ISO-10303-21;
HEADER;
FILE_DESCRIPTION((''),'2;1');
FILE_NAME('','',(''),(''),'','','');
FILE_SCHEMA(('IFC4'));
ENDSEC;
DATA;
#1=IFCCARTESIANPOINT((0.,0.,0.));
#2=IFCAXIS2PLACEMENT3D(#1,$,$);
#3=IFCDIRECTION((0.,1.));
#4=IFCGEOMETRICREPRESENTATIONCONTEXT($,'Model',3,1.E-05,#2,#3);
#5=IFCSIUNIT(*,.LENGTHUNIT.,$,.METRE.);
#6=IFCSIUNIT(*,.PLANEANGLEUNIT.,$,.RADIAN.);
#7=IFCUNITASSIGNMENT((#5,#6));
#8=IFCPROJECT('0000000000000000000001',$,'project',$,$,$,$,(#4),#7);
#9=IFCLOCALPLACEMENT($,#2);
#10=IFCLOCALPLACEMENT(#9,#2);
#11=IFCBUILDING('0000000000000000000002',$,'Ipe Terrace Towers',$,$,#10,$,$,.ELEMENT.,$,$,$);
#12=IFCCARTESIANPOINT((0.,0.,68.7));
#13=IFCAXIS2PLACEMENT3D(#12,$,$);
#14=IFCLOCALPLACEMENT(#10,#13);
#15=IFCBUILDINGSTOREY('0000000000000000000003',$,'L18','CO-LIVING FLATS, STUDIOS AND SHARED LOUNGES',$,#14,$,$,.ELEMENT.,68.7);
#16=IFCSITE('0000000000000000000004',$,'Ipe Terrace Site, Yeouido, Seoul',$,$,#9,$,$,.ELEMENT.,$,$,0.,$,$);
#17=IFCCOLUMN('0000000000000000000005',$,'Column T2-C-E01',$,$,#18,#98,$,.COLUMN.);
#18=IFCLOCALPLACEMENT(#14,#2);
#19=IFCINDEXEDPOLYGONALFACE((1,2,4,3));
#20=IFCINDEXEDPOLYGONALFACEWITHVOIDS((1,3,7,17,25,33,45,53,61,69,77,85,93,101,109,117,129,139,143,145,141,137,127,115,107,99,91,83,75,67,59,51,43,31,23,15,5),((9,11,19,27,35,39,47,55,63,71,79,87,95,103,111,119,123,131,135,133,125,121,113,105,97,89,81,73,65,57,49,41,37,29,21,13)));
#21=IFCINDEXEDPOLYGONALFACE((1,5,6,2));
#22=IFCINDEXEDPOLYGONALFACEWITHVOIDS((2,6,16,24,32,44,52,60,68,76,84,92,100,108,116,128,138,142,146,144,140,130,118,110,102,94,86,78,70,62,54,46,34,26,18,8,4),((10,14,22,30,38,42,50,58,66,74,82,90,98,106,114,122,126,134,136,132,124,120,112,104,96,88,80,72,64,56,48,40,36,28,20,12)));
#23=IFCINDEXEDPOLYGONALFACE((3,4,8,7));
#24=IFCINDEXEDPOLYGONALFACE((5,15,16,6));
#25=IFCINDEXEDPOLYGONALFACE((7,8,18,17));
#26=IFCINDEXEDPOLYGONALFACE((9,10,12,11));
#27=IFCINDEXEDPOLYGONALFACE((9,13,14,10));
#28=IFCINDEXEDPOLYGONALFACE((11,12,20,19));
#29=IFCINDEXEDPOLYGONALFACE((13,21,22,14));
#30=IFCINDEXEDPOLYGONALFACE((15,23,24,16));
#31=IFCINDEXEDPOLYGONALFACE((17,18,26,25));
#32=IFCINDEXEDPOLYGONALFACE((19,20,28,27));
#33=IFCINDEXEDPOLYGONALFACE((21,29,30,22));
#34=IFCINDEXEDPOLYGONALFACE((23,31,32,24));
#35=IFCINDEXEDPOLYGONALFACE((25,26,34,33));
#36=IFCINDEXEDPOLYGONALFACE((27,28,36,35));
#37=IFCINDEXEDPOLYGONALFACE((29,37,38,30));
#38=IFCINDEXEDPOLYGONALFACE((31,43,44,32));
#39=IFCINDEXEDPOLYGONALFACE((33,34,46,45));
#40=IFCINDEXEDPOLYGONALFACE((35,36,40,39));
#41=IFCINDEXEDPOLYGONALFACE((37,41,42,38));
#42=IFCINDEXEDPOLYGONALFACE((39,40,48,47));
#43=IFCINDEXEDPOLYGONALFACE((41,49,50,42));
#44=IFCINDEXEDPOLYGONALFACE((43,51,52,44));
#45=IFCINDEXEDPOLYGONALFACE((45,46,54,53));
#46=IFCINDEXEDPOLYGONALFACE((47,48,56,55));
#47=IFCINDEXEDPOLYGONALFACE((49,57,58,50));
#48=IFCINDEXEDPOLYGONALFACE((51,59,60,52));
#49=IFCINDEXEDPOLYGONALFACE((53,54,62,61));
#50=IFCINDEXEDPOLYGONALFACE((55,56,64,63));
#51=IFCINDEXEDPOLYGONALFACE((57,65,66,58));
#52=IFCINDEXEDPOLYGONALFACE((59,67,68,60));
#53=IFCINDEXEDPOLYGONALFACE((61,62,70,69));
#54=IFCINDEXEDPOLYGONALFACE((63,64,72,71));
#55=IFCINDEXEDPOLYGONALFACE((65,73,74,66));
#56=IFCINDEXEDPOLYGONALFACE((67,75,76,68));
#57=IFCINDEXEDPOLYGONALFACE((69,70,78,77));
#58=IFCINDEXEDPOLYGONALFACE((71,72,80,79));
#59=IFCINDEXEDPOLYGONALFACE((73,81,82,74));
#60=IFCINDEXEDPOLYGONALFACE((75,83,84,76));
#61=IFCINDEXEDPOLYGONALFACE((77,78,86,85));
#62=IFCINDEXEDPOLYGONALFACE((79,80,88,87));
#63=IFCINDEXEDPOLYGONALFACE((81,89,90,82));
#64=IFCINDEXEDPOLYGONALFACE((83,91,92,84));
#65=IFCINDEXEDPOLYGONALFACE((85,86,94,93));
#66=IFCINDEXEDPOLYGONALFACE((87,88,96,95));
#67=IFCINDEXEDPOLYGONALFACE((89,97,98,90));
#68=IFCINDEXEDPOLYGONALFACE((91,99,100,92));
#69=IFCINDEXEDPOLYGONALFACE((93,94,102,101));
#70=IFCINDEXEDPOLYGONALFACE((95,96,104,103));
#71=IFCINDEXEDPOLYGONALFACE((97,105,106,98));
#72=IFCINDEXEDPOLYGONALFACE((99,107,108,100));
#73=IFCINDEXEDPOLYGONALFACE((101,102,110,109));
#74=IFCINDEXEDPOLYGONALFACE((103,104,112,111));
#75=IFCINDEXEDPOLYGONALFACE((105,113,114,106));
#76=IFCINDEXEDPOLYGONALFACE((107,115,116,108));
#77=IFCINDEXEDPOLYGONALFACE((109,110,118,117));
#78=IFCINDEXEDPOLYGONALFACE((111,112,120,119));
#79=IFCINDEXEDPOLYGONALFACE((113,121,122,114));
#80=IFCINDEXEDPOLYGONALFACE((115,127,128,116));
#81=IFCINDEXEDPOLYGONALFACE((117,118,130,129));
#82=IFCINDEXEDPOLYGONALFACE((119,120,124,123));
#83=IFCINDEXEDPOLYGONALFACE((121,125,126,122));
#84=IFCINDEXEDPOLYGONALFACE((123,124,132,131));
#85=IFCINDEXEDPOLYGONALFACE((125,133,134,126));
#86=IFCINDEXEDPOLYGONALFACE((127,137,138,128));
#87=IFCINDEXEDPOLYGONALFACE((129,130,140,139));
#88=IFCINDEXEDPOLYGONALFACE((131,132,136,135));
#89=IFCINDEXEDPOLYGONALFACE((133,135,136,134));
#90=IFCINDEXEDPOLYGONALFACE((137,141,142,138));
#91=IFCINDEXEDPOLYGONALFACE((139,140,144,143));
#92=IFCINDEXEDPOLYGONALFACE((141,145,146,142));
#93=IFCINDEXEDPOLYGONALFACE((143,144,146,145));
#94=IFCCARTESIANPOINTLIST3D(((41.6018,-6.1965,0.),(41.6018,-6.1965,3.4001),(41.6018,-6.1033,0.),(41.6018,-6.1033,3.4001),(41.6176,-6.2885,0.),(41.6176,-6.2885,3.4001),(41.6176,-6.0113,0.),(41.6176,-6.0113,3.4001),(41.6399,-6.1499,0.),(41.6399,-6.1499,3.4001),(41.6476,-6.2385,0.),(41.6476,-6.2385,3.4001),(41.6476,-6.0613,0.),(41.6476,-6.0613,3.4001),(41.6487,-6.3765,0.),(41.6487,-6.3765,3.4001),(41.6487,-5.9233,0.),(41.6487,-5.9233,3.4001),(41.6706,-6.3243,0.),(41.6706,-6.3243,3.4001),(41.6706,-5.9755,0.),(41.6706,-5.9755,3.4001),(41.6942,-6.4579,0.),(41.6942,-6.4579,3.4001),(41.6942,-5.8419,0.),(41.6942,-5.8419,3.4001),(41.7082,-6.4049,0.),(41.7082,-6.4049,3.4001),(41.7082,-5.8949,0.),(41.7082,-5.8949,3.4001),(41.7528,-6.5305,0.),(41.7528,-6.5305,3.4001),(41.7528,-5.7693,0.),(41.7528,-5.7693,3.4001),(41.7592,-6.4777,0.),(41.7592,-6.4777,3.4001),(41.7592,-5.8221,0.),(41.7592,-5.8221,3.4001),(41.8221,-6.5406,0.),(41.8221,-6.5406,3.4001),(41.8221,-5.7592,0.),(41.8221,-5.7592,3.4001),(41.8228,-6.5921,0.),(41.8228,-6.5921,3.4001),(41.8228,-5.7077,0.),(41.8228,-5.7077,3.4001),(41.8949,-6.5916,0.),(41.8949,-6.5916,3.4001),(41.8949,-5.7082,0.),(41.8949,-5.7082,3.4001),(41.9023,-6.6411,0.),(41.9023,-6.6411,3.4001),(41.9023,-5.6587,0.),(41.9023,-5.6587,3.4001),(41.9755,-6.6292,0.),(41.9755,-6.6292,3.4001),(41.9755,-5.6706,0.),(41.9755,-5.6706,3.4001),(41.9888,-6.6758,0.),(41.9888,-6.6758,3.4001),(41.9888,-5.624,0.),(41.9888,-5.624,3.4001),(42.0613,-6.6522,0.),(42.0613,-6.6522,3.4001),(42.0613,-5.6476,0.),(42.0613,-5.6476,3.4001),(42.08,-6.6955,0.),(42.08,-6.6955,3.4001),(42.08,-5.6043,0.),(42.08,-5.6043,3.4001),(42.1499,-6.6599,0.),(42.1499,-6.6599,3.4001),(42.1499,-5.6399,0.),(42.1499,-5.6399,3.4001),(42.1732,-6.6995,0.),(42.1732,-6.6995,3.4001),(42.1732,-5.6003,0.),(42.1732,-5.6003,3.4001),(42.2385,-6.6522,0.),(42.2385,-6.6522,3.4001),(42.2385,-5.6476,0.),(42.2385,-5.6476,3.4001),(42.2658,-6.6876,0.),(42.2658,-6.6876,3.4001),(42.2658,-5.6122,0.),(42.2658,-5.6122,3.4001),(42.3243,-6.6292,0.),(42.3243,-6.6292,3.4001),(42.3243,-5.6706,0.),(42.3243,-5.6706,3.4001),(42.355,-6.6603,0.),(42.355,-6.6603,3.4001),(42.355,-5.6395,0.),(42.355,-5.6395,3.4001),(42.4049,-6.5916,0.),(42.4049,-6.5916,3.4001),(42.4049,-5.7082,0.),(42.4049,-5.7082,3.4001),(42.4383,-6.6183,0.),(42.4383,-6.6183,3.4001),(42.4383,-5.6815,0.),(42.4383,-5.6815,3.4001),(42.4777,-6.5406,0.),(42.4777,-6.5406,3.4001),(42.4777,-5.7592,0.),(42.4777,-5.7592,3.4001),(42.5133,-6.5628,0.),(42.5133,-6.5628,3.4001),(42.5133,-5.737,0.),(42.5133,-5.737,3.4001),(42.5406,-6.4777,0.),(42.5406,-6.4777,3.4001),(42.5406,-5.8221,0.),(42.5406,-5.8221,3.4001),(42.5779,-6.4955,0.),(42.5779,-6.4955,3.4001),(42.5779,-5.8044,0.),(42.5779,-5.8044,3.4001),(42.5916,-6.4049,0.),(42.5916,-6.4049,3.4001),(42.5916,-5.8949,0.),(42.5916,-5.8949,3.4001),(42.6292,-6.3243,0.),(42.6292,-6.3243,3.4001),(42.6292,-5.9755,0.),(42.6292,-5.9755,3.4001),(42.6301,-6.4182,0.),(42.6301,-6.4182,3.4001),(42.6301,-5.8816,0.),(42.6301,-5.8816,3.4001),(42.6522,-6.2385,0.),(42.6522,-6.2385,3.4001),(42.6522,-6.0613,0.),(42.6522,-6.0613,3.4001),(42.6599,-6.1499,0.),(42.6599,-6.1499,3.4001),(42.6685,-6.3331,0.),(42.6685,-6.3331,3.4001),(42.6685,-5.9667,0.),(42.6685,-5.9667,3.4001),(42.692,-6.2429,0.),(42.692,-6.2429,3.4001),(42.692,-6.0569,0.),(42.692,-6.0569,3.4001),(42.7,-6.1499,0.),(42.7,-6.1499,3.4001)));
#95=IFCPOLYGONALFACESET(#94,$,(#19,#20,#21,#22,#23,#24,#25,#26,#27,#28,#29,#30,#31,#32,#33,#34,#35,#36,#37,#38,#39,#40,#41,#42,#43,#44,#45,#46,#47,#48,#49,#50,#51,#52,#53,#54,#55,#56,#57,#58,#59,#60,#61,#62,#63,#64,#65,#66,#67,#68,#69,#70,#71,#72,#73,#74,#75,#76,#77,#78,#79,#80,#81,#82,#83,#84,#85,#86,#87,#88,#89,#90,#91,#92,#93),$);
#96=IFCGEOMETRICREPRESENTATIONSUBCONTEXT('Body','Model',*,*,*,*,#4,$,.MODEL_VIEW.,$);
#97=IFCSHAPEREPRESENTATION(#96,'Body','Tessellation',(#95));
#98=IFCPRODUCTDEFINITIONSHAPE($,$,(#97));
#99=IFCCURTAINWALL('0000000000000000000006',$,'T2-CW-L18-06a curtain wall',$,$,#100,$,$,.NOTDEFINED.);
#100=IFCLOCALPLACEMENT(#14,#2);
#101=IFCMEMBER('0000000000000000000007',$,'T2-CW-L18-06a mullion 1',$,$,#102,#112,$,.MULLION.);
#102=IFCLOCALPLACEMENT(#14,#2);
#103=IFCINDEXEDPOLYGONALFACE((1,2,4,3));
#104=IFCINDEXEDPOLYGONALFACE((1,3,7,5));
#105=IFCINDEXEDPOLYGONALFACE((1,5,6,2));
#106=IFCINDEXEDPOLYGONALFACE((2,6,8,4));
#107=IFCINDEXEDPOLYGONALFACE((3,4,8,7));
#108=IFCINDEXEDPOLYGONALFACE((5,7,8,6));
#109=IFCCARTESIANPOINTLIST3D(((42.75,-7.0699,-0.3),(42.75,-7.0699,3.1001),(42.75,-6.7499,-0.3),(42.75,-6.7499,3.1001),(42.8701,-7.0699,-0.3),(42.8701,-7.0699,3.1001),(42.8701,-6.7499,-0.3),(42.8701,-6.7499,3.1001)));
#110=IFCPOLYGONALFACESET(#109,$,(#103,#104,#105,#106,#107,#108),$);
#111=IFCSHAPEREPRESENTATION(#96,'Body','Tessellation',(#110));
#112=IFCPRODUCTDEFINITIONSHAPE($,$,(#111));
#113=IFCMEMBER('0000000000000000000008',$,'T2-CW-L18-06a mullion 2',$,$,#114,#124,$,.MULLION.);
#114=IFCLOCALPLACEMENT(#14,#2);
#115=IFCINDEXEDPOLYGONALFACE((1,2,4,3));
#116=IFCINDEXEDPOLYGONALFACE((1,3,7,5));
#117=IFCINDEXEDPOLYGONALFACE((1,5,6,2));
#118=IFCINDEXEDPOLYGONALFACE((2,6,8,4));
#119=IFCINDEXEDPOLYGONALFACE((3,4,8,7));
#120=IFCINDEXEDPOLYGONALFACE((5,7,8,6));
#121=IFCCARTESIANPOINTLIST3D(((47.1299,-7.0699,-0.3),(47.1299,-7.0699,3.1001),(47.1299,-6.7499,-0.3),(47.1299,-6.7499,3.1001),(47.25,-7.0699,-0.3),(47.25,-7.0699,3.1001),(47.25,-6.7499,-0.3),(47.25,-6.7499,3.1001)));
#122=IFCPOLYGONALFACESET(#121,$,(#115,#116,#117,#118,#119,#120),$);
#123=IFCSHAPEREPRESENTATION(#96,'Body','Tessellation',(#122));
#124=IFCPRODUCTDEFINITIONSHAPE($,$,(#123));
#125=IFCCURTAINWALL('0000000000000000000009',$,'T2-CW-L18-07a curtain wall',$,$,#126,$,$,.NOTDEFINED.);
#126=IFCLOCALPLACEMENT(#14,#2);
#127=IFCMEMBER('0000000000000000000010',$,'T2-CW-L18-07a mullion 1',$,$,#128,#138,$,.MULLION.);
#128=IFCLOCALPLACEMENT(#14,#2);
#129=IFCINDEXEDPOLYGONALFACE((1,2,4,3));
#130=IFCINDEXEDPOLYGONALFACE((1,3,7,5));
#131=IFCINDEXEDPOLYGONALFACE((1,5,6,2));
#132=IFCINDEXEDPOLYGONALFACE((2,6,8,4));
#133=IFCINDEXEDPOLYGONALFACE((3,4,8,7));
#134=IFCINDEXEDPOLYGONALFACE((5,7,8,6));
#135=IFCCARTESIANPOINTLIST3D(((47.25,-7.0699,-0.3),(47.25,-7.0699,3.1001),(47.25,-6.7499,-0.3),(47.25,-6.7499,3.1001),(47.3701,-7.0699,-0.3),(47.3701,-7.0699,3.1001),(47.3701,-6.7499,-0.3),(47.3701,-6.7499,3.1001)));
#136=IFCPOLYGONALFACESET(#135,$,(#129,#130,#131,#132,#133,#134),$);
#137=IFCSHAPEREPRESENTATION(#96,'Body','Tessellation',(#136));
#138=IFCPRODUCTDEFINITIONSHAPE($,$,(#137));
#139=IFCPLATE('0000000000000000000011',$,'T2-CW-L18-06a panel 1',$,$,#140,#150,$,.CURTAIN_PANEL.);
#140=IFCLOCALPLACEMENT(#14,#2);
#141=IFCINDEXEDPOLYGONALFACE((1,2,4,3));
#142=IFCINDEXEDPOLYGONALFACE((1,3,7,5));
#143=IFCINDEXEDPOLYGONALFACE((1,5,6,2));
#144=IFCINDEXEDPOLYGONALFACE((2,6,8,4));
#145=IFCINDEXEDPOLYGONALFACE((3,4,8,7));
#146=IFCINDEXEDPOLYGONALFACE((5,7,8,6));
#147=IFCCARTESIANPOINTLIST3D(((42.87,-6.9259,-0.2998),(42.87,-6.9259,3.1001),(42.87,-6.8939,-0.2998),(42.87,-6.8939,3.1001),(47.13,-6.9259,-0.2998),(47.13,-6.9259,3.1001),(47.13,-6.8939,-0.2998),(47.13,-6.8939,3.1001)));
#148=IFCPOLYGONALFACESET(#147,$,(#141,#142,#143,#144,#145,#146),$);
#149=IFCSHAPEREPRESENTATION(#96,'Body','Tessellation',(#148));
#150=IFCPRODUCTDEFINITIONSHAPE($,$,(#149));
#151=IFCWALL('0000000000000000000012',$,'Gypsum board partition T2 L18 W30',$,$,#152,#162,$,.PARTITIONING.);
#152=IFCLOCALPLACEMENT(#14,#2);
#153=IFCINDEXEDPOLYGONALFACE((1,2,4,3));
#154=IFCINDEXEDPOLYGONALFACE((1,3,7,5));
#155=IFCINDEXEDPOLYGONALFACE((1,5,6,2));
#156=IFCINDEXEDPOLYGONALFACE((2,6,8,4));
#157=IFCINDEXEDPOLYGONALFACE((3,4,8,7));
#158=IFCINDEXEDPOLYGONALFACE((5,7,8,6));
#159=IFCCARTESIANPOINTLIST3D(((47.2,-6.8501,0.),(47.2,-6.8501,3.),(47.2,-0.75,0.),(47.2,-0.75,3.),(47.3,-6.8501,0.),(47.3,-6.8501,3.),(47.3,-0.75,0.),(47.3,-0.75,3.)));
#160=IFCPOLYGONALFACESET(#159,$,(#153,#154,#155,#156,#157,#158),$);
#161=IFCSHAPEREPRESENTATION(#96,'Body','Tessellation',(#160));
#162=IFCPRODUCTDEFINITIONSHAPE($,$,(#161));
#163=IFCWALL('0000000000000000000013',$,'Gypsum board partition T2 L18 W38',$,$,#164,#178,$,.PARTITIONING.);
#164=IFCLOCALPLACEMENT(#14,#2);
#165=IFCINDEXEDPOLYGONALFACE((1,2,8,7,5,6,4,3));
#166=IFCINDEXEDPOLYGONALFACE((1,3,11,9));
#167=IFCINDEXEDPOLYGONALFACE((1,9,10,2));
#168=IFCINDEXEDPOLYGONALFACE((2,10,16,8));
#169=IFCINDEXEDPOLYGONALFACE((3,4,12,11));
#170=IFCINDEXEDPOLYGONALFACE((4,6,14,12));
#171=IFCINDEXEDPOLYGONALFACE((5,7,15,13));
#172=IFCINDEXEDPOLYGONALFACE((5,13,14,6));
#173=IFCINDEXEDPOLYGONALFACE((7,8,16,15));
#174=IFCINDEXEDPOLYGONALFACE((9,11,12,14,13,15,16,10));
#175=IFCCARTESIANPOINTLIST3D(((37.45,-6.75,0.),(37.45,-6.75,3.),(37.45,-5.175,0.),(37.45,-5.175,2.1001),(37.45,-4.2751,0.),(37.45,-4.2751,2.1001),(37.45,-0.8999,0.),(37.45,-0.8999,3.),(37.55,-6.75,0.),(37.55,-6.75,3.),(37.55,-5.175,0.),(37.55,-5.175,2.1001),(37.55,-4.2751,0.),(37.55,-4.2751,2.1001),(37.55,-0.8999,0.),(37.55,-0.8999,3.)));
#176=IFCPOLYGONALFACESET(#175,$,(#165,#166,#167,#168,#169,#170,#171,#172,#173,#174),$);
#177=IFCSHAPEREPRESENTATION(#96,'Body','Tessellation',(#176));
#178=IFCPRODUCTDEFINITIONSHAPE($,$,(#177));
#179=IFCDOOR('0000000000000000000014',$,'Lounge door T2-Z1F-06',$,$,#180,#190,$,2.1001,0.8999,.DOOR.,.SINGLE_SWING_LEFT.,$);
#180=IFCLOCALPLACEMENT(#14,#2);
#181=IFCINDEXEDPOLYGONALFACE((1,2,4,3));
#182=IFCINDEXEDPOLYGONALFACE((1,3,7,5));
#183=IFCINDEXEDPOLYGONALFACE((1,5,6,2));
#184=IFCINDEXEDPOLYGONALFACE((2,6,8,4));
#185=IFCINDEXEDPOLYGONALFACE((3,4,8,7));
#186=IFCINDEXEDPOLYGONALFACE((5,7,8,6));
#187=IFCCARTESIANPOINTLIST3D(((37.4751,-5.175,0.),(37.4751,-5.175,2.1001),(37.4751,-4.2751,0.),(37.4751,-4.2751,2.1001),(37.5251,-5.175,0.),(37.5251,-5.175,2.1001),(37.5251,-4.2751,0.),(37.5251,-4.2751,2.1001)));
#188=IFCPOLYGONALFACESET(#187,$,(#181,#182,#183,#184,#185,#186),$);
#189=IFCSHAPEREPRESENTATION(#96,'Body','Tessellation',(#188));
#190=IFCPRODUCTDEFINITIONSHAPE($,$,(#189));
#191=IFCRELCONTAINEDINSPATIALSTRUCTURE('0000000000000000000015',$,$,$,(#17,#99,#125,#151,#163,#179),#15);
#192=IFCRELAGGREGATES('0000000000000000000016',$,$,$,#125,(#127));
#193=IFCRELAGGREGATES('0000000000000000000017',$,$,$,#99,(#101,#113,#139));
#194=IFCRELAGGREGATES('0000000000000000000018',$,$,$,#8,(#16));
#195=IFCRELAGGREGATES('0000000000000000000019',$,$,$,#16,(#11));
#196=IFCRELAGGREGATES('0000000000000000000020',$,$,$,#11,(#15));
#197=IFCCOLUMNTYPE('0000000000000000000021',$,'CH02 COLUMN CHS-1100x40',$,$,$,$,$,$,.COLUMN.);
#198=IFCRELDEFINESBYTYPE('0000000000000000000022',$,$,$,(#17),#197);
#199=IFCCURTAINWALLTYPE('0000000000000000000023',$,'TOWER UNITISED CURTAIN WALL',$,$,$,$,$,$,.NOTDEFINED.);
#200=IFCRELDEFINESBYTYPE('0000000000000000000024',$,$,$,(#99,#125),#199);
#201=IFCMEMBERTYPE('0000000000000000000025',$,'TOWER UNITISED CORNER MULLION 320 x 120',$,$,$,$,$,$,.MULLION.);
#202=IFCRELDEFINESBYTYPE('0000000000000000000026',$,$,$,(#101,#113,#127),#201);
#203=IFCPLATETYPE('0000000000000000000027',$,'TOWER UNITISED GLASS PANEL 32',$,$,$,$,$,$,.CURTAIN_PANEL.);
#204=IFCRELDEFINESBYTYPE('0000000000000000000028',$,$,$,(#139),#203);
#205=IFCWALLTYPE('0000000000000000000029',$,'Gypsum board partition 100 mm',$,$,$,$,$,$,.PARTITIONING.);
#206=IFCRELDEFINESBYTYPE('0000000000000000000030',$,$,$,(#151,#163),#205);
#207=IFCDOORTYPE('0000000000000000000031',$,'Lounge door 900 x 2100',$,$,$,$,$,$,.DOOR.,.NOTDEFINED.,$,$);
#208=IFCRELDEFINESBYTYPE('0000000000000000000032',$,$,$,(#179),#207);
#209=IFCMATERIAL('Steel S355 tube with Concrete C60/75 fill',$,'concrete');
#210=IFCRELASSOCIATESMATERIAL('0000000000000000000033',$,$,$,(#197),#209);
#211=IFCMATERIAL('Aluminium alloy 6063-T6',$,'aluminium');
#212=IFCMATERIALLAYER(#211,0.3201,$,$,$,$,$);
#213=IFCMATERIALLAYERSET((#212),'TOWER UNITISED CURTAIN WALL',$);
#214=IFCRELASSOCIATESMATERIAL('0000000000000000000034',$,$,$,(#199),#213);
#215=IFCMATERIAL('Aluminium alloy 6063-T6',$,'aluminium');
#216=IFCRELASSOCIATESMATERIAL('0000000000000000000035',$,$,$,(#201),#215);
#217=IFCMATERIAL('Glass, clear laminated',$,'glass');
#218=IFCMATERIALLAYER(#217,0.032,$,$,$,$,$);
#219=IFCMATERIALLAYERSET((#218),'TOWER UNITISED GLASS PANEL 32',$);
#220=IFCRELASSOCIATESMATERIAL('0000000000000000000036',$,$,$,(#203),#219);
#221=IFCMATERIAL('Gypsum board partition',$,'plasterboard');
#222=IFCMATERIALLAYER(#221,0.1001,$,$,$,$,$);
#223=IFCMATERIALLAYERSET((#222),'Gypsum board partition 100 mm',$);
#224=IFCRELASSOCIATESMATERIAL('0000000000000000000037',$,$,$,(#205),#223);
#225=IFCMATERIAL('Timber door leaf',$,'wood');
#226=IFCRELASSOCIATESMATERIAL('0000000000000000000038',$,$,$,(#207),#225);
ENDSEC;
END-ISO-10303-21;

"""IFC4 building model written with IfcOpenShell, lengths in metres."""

from ifc_helpers import new_model, si_unit, direction, frame, frame_2d, origin, origin_2d, place, context, subcontext, project, spatial, rectangle, hollow_circle, extrude, material, layer, layer_set, material_profile, profile_set, type_object, element, fill, aggregate, save


model = new_model("IFC4")

# Units and contexts
model_context = context("Model", 3, precision=1e-05, world=origin(), true_north=direction((0.0, 1.0)))
body_context = subcontext(model_context, "Body", "Model", "MODEL_VIEW")
ifc_project = project(units=[si_unit("LENGTHUNIT", "METRE"), si_unit("PLANEANGLEUNIT", "RADIAN")], contexts=[model_context])

# Site, building, storey
site_placement = place(None, origin())
site = spatial("IfcSite", under=ifc_project, at=site_placement, Name="Ipe Terrace Site, Yeouido, Seoul", CompositionType="ELEMENT", RefElevation=0.0)
building_placement = place(site_placement, origin())
building = spatial("IfcBuilding", under=site, at=building_placement, Name="Ipe Terrace Towers", CompositionType="ELEMENT")
storey_placement = place(building_placement, frame((0.0, 0.0, 68.7)))
storey = spatial("IfcBuildingStorey", under=building, at=storey_placement, Name="L18", Description="CO-LIVING FLATS, STUDIOS AND SHARED LOUNGES", CompositionType="ELEMENT", Elevation=68.7)

# Column
ifc_material_1 = material(Name="Steel S355 tube with Concrete C60/75 fill", Category="concrete")
ifc_material_profile_1 = material_profile(ifc_material_1, hollow_circle(Radius=0.55, WallThickness=0.04, at=origin_2d()), Name="CHS-1100x40")
ifc_profile_set_1 = profile_set([ifc_material_profile_1], Name="Steel S355 tube with Concrete C60/75 fill")
column_type = type_object("IfcColumnType", Name="CH02 COLUMN CHS-1100x40", PredefinedType="COLUMN", material=ifc_profile_set_1)
column_placement = place(storey_placement, frame((42.1499, -6.1499, 0.0), z_axis=(0.0, 0.0, 1.0), x_axis=(1.0, 0.0, 0.0)))
element("IfcColumn", 1, at=column_placement, inside=storey, type_object=column_type, Name="Column T2-C-E01", PredefinedType="COLUMN", context=body_context, shape_type="SweptSolid", body=[
    extrude(hollow_circle(Radius=0.55, WallThickness=0.04, at=origin_2d()), origin(), (0.0, 0.0, 1.0), 3.4001),
])

# Curtain wall, members
ifc_material_2 = material(Name="Aluminium alloy 6063-T6", Category="aluminium")
ifc_layer_1 = layer(ifc_material_2, 0.3201)
ifc_layer_set_1 = layer_set([ifc_layer_1], Name="TOWER UNITISED CURTAIN WALL")
curtain_wall_type = type_object("IfcCurtainWallType", Name="TOWER UNITISED CURTAIN WALL", PredefinedType="NOTDEFINED", material=ifc_layer_set_1)
curtain_wall_1_placement = place(storey_placement, origin())
curtain_wall_1 = element("IfcCurtainWall", 2, at=curtain_wall_1_placement, inside=storey, type_object=curtain_wall_type, Name="T2-CW-L18-06a curtain wall", PredefinedType="NOTDEFINED")
ifc_material_3 = material(Name="Aluminium alloy 6063-T6", Category="aluminium")
ifc_material_profile_2 = material_profile(ifc_material_3, rectangle(XDim=0.3201, YDim=0.1201, at=origin_2d()), Name="TOWER UNITISED CORNER MULLION 320 x 120")
ifc_profile_set_2 = profile_set([ifc_material_profile_2], Name="Aluminium alloy 6063-T6")
member_type = type_object("IfcMemberType", Name="TOWER UNITISED CORNER MULLION 320 x 120", PredefinedType="MULLION", material=ifc_profile_set_2)
member_1_placement = place(storey_placement, frame((42.8101, -6.9099, -0.3), z_axis=(0.0, 0.0, 1.0), x_axis=(0.0, -1.0, 0.0)))
member_1 = element("IfcMember", 3, at=member_1_placement, type_object=member_type, Name="T2-CW-L18-06a mullion 1", PredefinedType="MULLION", context=body_context, shape_type="SweptSolid", body=[
    extrude(rectangle(XDim=0.3201, YDim=0.1201, at=origin_2d()), origin(), (0.0, 0.0, 1.0), 3.4001),
])
member_2_placement = place(storey_placement, frame((47.1899, -6.9099, -0.3), z_axis=(0.0, 0.0, 1.0), x_axis=(0.0, -1.0, 0.0)))
member_2 = element("IfcMember", 4, at=member_2_placement, type_object=member_type, Name="T2-CW-L18-06a mullion 2", PredefinedType="MULLION", context=body_context, shape_type="SweptSolid", body=[
    extrude(rectangle(XDim=0.3201, YDim=0.1201, at=origin_2d()), origin(), (0.0, 0.0, 1.0), 3.4001),
])

# Curtain wall, member
curtain_wall_2_placement = place(storey_placement, origin())
curtain_wall_2 = element("IfcCurtainWall", 5, at=curtain_wall_2_placement, inside=storey, type_object=curtain_wall_type, Name="T2-CW-L18-07a curtain wall", PredefinedType="NOTDEFINED")
member_3_placement = place(storey_placement, frame((47.3101, -6.9099, -0.3), z_axis=(0.0, 0.0, 1.0), x_axis=(0.0, -1.0, 0.0)))
member_3 = element("IfcMember", 6, at=member_3_placement, type_object=member_type, Name="T2-CW-L18-07a mullion 1", PredefinedType="MULLION", context=body_context, shape_type="SweptSolid", body=[
    extrude(rectangle(XDim=0.3201, YDim=0.1201, at=origin_2d()), origin(), (0.0, 0.0, 1.0), 3.4001),
])
aggregate(curtain_wall_2, [member_3])

# Plate
ifc_material_4 = material(Name="Glass, clear laminated", Category="glass")
ifc_layer_2 = layer(ifc_material_4, 0.032)
ifc_layer_set_2 = layer_set([ifc_layer_2], Name="TOWER UNITISED GLASS PANEL 32")
plate_type = type_object("IfcPlateType", Name="TOWER UNITISED GLASS PANEL 32", PredefinedType="CURTAIN_PANEL", material=ifc_layer_set_2)
plate_placement = place(storey_placement, frame((45.0, -6.9099, -0.2998), z_axis=(0.0, 0.0, 1.0), x_axis=(1.0, 0.0, 0.0)))
plate = element("IfcPlate", 7, at=plate_placement, type_object=plate_type, Name="T2-CW-L18-06a panel 1", PredefinedType="CURTAIN_PANEL", context=body_context, shape_type="SweptSolid", body=[
    extrude(rectangle(XDim=4.26, YDim=0.032, at=origin_2d()), origin(), (0.0, 0.0, 1.0), 3.3999),
])
aggregate(curtain_wall_1, [member_1, member_2, plate])

# Wall
ifc_material_5 = material(Name="Gypsum board partition", Category="plasterboard")
ifc_layer_3 = layer(ifc_material_5, 0.1001)
ifc_layer_set_3 = layer_set([ifc_layer_3], Name="Gypsum board partition 100 mm")
wall_type_1 = type_object("IfcWallType", Name="Gypsum board partition 100 mm", PredefinedType="PARTITIONING", material=ifc_layer_set_3)
wall_1_placement = place(storey_placement, frame((47.25, -6.8501, 0.0), z_axis=(0.0, 0.0, 1.0), x_axis=(0.0, 1.0, 0.0)))
element("IfcWall", 8, at=wall_1_placement, inside=storey, type_object=wall_type_1, Name="Gypsum board partition T2 L18 W30", PredefinedType="PARTITIONING", context=body_context, shape_type="SweptSolid", body=[
    extrude(rectangle(XDim=6.1001, YDim=0.1001, at=frame_2d((3.05, 0.0))), origin(), (0.0, 0.0, 1.0), 3.0),
])

# Wall, opening, door
wall_2_placement = place(storey_placement, frame((37.5, -6.75, 0.0), z_axis=(0.0, 0.0, 1.0), x_axis=(0.0, 1.0, 0.0)))
wall_2 = element("IfcWall", 9, at=wall_2_placement, inside=storey, type_object=wall_type_1, Name="Gypsum board partition T2 L18 W38", PredefinedType="PARTITIONING", context=body_context, shape_type="SweptSolid", body=[
    extrude(rectangle(XDim=5.8501, YDim=0.1001, at=frame_2d((2.925, 0.0))), origin(), (0.0, 0.0, 1.0), 3.0),
])
opening_1_placement = place(wall_2_placement, frame((1.575, 0.0, 0.0)))
opening_1 = element("IfcOpeningElement", 10, at=opening_1_placement, cuts=wall_2, PredefinedType="OPENING", context=body_context, shape_type="SweptSolid", body=[
    extrude(rectangle(XDim=0.8999, YDim=2.1001, at=frame_2d((0.45, 1.05))), frame((0.0, 0.0601, 0.0), z_axis=(0.0, -1.0, 0.0), x_axis=(1.0, 0.0, 0.0)), (0.0, 0.0, 1.0), 0.1201),
])
ifc_material_6 = material(Name="Timber door leaf", Category="wood")
door_type_1 = type_object("IfcDoorType", Name="Lounge door 900 x 2100", OperationType="NOTDEFINED", PredefinedType="DOOR", material=ifc_material_6)
door_1_placement = place(opening_1_placement, origin())
door_1 = element("IfcDoor", 11, at=door_1_placement, inside=storey, type_object=door_type_1, Name="Lounge door T2-Z1F-06", OperationType="SINGLE_SWING_LEFT", OverallHeight=2.1001, OverallWidth=0.8999, PredefinedType="DOOR", context=body_context, shape_type="SweptSolid", body=[
    extrude(rectangle(XDim=0.8999, YDim=2.1001, at=frame_2d((0.45, 1.05))), frame((0.0, 0.0249, 0.0), z_axis=(0.0, -1.0, 0.0), x_axis=(1.0, 0.0, 0.0)), (0.0, 0.0, 1.0), 0.05),
])
fill(opening_1, door_1)

save(model, "model.ifc")
